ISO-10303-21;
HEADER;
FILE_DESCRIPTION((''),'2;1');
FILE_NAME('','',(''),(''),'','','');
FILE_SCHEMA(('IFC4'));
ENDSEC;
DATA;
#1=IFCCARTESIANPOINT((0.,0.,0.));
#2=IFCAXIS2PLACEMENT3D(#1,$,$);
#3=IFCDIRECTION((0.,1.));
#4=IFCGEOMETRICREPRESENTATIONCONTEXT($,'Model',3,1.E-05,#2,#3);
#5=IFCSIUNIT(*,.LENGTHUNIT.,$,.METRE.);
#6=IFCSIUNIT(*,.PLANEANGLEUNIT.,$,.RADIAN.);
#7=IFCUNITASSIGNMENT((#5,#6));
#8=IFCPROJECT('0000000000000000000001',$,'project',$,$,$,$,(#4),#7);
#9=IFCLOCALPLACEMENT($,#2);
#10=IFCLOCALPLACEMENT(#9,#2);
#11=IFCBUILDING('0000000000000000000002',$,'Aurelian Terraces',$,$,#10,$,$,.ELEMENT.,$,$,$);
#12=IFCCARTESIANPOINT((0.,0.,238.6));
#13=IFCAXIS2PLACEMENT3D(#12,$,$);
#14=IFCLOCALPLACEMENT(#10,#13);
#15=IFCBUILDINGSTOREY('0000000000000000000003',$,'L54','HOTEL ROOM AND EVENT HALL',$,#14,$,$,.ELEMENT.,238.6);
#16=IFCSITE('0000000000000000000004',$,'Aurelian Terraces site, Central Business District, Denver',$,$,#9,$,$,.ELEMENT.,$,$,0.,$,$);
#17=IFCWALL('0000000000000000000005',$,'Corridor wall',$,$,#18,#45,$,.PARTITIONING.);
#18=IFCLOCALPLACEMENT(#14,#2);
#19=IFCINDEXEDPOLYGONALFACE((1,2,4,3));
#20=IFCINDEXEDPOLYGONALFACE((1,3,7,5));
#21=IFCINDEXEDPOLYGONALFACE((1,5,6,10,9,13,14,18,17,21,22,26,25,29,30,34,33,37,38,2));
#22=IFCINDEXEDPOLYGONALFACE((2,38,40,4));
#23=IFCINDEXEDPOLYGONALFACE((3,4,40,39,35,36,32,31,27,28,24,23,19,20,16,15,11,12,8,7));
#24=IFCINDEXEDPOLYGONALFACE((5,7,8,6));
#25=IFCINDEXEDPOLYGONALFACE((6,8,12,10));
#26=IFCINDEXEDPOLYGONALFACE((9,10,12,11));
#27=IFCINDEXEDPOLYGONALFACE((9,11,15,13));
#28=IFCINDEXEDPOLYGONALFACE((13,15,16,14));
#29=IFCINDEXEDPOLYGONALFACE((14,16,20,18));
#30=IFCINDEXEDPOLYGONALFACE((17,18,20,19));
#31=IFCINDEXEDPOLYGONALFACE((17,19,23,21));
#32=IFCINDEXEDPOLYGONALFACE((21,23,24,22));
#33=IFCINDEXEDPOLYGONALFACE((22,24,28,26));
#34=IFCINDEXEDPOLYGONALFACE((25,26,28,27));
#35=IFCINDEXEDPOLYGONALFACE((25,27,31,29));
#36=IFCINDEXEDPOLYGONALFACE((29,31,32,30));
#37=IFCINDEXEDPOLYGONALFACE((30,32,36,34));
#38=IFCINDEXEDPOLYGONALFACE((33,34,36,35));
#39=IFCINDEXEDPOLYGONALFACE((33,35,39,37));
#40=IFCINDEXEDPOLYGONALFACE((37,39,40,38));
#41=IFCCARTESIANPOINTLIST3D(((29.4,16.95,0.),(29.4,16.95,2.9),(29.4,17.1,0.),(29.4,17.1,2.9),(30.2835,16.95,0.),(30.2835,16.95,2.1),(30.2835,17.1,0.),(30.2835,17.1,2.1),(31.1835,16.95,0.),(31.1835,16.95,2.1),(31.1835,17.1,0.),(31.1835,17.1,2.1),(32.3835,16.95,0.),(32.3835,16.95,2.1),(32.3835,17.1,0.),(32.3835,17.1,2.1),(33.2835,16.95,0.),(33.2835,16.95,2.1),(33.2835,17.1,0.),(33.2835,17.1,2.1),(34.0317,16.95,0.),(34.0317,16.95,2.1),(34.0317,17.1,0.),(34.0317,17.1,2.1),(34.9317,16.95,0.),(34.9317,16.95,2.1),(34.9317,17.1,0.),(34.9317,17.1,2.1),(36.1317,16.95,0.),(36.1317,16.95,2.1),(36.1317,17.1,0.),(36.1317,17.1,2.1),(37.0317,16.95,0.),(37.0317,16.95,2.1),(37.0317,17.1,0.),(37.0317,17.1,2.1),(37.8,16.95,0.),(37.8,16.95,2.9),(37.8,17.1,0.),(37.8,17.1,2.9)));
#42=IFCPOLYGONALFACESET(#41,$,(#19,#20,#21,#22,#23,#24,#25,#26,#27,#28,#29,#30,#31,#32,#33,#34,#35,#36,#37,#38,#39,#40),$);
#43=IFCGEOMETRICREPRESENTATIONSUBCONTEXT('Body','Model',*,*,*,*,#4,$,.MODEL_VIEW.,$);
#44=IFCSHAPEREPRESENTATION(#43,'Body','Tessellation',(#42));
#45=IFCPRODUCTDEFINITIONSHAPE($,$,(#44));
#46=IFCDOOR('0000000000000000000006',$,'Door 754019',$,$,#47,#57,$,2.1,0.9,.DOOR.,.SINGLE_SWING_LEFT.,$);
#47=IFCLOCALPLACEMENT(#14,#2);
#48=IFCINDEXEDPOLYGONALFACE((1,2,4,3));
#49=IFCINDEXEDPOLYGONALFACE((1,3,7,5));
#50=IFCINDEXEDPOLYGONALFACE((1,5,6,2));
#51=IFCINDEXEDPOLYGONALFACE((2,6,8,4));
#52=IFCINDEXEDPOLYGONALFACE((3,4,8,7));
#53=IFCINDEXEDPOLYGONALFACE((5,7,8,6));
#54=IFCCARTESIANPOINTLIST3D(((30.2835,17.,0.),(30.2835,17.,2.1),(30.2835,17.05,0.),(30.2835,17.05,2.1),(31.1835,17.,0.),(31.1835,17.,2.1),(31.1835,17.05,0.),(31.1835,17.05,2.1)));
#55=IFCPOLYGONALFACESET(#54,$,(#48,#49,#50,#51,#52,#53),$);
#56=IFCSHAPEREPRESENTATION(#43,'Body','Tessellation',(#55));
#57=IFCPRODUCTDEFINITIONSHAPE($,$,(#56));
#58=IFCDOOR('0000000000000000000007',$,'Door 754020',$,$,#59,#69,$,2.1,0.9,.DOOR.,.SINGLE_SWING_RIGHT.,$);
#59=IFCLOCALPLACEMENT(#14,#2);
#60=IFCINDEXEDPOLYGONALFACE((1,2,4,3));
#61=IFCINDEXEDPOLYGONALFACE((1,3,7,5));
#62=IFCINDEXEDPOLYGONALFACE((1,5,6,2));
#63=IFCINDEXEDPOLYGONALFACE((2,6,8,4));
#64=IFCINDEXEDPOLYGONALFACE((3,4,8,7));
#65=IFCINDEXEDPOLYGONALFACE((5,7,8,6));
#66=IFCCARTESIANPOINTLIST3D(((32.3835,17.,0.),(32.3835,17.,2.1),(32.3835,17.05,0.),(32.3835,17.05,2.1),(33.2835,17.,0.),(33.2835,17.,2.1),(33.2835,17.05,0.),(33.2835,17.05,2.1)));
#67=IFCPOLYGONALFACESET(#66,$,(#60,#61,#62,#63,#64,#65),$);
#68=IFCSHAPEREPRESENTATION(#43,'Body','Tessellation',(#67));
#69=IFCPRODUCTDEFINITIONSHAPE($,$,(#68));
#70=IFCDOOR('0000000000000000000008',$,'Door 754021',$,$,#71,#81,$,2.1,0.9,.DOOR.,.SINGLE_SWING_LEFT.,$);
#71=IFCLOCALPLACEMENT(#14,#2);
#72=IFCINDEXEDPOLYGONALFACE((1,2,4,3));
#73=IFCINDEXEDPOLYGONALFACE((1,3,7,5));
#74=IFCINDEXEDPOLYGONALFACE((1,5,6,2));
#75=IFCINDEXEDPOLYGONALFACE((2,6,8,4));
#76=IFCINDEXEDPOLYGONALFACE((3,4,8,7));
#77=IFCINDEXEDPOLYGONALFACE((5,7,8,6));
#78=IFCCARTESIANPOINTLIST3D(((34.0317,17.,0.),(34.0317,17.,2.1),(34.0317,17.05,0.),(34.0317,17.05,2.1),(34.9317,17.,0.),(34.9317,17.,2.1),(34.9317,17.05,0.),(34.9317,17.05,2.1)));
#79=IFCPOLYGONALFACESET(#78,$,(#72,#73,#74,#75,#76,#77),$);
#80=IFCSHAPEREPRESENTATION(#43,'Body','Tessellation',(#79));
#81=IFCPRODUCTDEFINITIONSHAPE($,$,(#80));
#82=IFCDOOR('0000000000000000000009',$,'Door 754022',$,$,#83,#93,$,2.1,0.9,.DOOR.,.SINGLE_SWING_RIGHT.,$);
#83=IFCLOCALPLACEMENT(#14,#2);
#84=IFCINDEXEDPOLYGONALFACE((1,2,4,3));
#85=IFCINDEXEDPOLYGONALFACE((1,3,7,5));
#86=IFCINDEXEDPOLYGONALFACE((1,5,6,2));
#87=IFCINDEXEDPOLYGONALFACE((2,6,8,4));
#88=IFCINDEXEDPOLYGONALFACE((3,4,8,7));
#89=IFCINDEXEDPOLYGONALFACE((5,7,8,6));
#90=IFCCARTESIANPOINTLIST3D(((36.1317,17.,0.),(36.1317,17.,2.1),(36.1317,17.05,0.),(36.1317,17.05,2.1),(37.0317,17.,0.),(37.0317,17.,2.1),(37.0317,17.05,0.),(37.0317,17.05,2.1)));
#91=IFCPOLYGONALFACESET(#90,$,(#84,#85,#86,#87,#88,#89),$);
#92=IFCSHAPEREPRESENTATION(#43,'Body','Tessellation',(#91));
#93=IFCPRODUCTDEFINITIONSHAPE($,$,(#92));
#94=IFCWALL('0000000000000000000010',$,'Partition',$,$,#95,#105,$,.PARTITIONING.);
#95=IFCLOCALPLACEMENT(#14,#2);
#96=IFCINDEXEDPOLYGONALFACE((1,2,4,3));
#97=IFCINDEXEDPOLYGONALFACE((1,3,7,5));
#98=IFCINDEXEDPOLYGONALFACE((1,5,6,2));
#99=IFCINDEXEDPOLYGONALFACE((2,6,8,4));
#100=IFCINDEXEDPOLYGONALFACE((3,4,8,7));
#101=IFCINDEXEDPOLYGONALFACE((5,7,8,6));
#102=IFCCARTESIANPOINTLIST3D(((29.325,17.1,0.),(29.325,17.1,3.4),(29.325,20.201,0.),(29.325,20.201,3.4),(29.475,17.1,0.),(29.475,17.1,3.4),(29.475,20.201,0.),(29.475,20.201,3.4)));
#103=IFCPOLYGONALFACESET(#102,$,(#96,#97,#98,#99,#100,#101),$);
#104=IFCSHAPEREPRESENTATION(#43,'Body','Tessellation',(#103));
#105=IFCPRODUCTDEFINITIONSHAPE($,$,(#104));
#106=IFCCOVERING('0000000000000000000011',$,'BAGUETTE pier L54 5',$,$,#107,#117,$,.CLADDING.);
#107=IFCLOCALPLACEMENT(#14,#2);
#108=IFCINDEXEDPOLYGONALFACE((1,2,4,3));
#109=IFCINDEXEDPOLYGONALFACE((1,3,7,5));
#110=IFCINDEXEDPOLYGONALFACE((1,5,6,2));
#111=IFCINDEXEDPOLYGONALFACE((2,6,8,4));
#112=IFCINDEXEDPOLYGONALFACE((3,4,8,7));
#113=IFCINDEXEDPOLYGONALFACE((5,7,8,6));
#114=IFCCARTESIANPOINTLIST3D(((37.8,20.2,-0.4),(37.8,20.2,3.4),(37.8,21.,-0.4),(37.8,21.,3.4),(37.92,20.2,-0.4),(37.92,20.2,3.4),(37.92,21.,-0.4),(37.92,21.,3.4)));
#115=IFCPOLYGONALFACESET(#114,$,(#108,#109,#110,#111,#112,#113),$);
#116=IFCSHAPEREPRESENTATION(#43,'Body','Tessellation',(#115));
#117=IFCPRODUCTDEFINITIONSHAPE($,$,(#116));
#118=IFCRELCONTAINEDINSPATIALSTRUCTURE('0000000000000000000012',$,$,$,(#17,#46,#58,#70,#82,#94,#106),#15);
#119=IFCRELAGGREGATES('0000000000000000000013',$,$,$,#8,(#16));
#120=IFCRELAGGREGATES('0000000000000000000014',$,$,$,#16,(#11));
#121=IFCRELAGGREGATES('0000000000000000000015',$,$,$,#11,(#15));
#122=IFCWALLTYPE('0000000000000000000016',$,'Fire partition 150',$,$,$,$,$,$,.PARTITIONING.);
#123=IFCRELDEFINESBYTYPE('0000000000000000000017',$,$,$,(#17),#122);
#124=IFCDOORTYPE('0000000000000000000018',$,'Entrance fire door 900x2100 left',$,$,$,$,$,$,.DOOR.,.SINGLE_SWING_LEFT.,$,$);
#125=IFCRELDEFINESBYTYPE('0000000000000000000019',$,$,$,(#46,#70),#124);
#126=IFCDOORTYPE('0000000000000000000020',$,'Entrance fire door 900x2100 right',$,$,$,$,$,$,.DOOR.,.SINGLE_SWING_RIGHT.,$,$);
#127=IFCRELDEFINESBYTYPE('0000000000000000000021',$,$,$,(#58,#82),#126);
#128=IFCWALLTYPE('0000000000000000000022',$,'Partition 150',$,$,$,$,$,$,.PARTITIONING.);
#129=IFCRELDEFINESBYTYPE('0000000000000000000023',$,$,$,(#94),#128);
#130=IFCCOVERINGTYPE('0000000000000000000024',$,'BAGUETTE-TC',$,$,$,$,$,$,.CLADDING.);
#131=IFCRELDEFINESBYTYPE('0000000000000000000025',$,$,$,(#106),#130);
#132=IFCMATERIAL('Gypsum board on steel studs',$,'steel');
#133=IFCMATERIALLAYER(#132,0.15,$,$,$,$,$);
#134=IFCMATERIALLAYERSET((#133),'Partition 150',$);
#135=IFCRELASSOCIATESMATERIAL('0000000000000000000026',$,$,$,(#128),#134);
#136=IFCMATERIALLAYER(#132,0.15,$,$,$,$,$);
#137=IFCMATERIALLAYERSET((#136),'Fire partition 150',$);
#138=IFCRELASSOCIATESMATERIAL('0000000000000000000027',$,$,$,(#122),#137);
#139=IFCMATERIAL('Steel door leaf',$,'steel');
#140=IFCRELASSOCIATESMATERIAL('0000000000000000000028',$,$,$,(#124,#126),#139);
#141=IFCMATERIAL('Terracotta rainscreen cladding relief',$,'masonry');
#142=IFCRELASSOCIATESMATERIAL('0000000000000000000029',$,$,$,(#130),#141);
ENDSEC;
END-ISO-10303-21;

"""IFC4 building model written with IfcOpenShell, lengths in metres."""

from ifc_helpers import new_model, si_unit, direction, frame, frame_2d, origin, origin_2d, place, context, subcontext, project, spatial, rectangle, extrude, source, transform, mapped, material, layer, layer_set, type_object, element, fill, save


model = new_model("IFC4")

# Units and contexts
model_context = context("Model", 3, precision=1e-05, world=origin(), true_north=direction((0.0, 1.0)))
body_context = subcontext(model_context, "Body", "Model", "MODEL_VIEW")
ifc_project = project(units=[si_unit("LENGTHUNIT", "METRE"), si_unit("PLANEANGLEUNIT", "RADIAN")], contexts=[model_context])

# Site, building, storey
site_placement = place(None, origin())
site = spatial("IfcSite", under=ifc_project, at=site_placement, Name="Aurelian Terraces site, Central Business District, Denver", CompositionType="ELEMENT", RefElevation=0.0)
building_placement = place(site_placement, origin())
building = spatial("IfcBuilding", under=site, at=building_placement, Name="Aurelian Terraces", CompositionType="ELEMENT")
storey_placement = place(building_placement, frame((0.0, 0.0, 238.6)))
storey = spatial("IfcBuildingStorey", under=building, at=storey_placement, Name="L54", Description="HOTEL ROOM AND EVENT HALL", CompositionType="ELEMENT", Elevation=238.6)

# Shared definitions
ifc_material_1 = material(Name="Gypsum board on steel studs", Category="steel")
ifc_layer_1 = layer(ifc_material_1, 0.15)
ifc_layer_set_1 = layer_set([ifc_layer_1], Name="Partition 150")
wall_type_1 = type_object("IfcWallType", Name="Partition 150", PredefinedType="PARTITIONING", material=ifc_layer_set_1)
ifc_layer_2 = layer(ifc_material_1, 0.15)
ifc_layer_set_2 = layer_set([ifc_layer_2], Name="Fire partition 150")
wall_type_2 = type_object("IfcWallType", Name="Fire partition 150", PredefinedType="PARTITIONING", material=ifc_layer_set_2)

# Wall, openings, doors
shared_shape_1 = source(origin(), body_context, "Body", "SweptSolid", [
    extrude(rectangle(XDim=8.4, YDim=0.15, at=frame_2d((4.2, 0.0))), origin(), (0.0, 0.0, 1.0), 2.9),
])
wall_1_placement = place(storey_placement, frame((29.4, 17.025, 0.0), z_axis=(0.0, 0.0, 1.0), x_axis=(1.0, 0.0, 0.0)))
wall_1 = element("IfcWall", 1, at=wall_1_placement, inside=storey, type_object=wall_type_2, Name="Corridor wall", PredefinedType="PARTITIONING", context=body_context, shape_type="MappedRepresentation", body=[
    mapped(shared_shape_1, transform((0.0, 0.0, 0.0), scale=1.0)),
])
shared_shape_2 = source(origin(), body_context, "Body", "SweptSolid", [
    extrude(rectangle(XDim=0.9, YDim=2.1, at=frame_2d((0.45, 1.05))), frame((0.0, 0.085, 0.0), z_axis=(0.0, -1.0, 0.0), x_axis=(1.0, 0.0, 0.0)), (0.0, 0.0, 1.0), 0.17),
])
opening_1_placement = place(wall_1_placement, frame((0.8835, 0.0, 0.0)))
opening_1 = element("IfcOpeningElement", 2, at=opening_1_placement, cuts=wall_1, PredefinedType="OPENING", context=body_context, shape_type="MappedRepresentation", body=[
    mapped(shared_shape_2, transform((0.0, 0.0, 0.0), scale=1.0)),
])
opening_2_placement = place(wall_1_placement, frame((2.9835, 0.0, 0.0)))
opening_2 = element("IfcOpeningElement", 3, at=opening_2_placement, cuts=wall_1, PredefinedType="OPENING", context=body_context, shape_type="MappedRepresentation", body=[
    mapped(shared_shape_2, transform((0.0, 0.0, 0.0), scale=1.0)),
])
opening_3_placement = place(wall_1_placement, frame((4.6317, 0.0, 0.0)))
opening_3 = element("IfcOpeningElement", 4, at=opening_3_placement, cuts=wall_1, PredefinedType="OPENING", context=body_context, shape_type="MappedRepresentation", body=[
    mapped(shared_shape_2, transform((0.0, 0.0, 0.0), scale=1.0)),
])
opening_4_placement = place(wall_1_placement, frame((6.7317, 0.0, 0.0)))
opening_4 = element("IfcOpeningElement", 5, at=opening_4_placement, cuts=wall_1, PredefinedType="OPENING", context=body_context, shape_type="MappedRepresentation", body=[
    mapped(shared_shape_2, transform((0.0, 0.0, 0.0), scale=1.0)),
])
ifc_material_2 = material(Name="Steel door leaf", Category="steel")
door_type_1 = type_object("IfcDoorType", Name="Entrance fire door 900x2100 left", OperationType="SINGLE_SWING_LEFT", PredefinedType="DOOR", material=ifc_material_2)
shared_shape_3 = source(origin(), body_context, "Body", "SweptSolid", [
    extrude(rectangle(XDim=0.9, YDim=2.1, at=frame_2d((0.45, 1.05))), frame((0.0, 0.025, 0.0), z_axis=(0.0, -1.0, 0.0), x_axis=(1.0, 0.0, 0.0)), (0.0, 0.0, 1.0), 0.05),
])
door_1_placement = place(opening_1_placement, origin())
door_1 = element("IfcDoor", 6, at=door_1_placement, inside=storey, type_object=door_type_1, Name="Door 754019", OperationType="SINGLE_SWING_LEFT", OverallHeight=2.1, OverallWidth=0.9, PredefinedType="DOOR", context=body_context, shape_type="MappedRepresentation", body=[
    mapped(shared_shape_3, transform((0.0, 0.0, 0.0), scale=1.0)),
])
fill(opening_1, door_1)
door_type_2 = type_object("IfcDoorType", Name="Entrance fire door 900x2100 right", OperationType="SINGLE_SWING_RIGHT", PredefinedType="DOOR", material=ifc_material_2)
door_2_placement = place(opening_2_placement, origin())
door_2 = element("IfcDoor", 7, at=door_2_placement, inside=storey, type_object=door_type_2, Name="Door 754020", OperationType="SINGLE_SWING_RIGHT", OverallHeight=2.1, OverallWidth=0.9, PredefinedType="DOOR", context=body_context, shape_type="MappedRepresentation", body=[
    mapped(shared_shape_3, transform((0.0, 0.0, 0.0), scale=1.0)),
])
fill(opening_2, door_2)
door_3_placement = place(opening_3_placement, origin())
door_3 = element("IfcDoor", 8, at=door_3_placement, inside=storey, type_object=door_type_1, Name="Door 754021", OperationType="SINGLE_SWING_LEFT", OverallHeight=2.1, OverallWidth=0.9, PredefinedType="DOOR", context=body_context, shape_type="MappedRepresentation", body=[
    mapped(shared_shape_3, transform((0.0, 0.0, 0.0), scale=1.0)),
])
fill(opening_3, door_3)
door_4_placement = place(opening_4_placement, origin())
door_4 = element("IfcDoor", 9, at=door_4_placement, inside=storey, type_object=door_type_2, Name="Door 754022", OperationType="SINGLE_SWING_RIGHT", OverallHeight=2.1, OverallWidth=0.9, PredefinedType="DOOR", context=body_context, shape_type="MappedRepresentation", body=[
    mapped(shared_shape_3, transform((0.0, 0.0, 0.0), scale=1.0)),
])
fill(opening_4, door_4)

# Wall
shared_shape_4 = source(origin(), body_context, "Body", "SweptSolid", [
    extrude(rectangle(XDim=3.101, YDim=0.15, at=frame_2d((1.5505, 0.0))), origin(), (0.0, 0.0, 1.0), 3.4),
])
wall_2_placement = place(storey_placement, frame((29.4, 17.1, 0.0), z_axis=(0.0, 0.0, 1.0), x_axis=(0.0, 1.0, 0.0)))
element("IfcWall", 10, at=wall_2_placement, inside=storey, type_object=wall_type_1, Name="Partition", PredefinedType="PARTITIONING", context=body_context, shape_type="MappedRepresentation", body=[
    mapped(shared_shape_4, transform((0.0, 0.0, 0.0), scale=1.0)),
])

# Covering
ifc_material_3 = material(Name="Terracotta rainscreen cladding relief", Category="masonry")
covering_type = type_object("IfcCoveringType", Name="BAGUETTE-TC", PredefinedType="CLADDING", material=ifc_material_3)
shared_shape_5 = source(origin(), body_context, "Body", "SweptSolid", [
    extrude(rectangle(XDim=0.12, YDim=0.8, at=origin_2d()), origin(), (0.0, 0.0, 1.0), 3.8),
])
covering_placement = place(storey_placement, frame((37.86, 20.6, -0.4), z_axis=(0.0, 0.0, 1.0), x_axis=(1.0, 0.0, 0.0)))
element("IfcCovering", 11, at=covering_placement, inside=storey, type_object=covering_type, Name="BAGUETTE pier L54 5", PredefinedType="CLADDING", context=body_context, shape_type="MappedRepresentation", body=[
    mapped(shared_shape_5, transform((0.0, 0.0, 0.0), scale=1.0)),
])

save(model, "model.ifc")
